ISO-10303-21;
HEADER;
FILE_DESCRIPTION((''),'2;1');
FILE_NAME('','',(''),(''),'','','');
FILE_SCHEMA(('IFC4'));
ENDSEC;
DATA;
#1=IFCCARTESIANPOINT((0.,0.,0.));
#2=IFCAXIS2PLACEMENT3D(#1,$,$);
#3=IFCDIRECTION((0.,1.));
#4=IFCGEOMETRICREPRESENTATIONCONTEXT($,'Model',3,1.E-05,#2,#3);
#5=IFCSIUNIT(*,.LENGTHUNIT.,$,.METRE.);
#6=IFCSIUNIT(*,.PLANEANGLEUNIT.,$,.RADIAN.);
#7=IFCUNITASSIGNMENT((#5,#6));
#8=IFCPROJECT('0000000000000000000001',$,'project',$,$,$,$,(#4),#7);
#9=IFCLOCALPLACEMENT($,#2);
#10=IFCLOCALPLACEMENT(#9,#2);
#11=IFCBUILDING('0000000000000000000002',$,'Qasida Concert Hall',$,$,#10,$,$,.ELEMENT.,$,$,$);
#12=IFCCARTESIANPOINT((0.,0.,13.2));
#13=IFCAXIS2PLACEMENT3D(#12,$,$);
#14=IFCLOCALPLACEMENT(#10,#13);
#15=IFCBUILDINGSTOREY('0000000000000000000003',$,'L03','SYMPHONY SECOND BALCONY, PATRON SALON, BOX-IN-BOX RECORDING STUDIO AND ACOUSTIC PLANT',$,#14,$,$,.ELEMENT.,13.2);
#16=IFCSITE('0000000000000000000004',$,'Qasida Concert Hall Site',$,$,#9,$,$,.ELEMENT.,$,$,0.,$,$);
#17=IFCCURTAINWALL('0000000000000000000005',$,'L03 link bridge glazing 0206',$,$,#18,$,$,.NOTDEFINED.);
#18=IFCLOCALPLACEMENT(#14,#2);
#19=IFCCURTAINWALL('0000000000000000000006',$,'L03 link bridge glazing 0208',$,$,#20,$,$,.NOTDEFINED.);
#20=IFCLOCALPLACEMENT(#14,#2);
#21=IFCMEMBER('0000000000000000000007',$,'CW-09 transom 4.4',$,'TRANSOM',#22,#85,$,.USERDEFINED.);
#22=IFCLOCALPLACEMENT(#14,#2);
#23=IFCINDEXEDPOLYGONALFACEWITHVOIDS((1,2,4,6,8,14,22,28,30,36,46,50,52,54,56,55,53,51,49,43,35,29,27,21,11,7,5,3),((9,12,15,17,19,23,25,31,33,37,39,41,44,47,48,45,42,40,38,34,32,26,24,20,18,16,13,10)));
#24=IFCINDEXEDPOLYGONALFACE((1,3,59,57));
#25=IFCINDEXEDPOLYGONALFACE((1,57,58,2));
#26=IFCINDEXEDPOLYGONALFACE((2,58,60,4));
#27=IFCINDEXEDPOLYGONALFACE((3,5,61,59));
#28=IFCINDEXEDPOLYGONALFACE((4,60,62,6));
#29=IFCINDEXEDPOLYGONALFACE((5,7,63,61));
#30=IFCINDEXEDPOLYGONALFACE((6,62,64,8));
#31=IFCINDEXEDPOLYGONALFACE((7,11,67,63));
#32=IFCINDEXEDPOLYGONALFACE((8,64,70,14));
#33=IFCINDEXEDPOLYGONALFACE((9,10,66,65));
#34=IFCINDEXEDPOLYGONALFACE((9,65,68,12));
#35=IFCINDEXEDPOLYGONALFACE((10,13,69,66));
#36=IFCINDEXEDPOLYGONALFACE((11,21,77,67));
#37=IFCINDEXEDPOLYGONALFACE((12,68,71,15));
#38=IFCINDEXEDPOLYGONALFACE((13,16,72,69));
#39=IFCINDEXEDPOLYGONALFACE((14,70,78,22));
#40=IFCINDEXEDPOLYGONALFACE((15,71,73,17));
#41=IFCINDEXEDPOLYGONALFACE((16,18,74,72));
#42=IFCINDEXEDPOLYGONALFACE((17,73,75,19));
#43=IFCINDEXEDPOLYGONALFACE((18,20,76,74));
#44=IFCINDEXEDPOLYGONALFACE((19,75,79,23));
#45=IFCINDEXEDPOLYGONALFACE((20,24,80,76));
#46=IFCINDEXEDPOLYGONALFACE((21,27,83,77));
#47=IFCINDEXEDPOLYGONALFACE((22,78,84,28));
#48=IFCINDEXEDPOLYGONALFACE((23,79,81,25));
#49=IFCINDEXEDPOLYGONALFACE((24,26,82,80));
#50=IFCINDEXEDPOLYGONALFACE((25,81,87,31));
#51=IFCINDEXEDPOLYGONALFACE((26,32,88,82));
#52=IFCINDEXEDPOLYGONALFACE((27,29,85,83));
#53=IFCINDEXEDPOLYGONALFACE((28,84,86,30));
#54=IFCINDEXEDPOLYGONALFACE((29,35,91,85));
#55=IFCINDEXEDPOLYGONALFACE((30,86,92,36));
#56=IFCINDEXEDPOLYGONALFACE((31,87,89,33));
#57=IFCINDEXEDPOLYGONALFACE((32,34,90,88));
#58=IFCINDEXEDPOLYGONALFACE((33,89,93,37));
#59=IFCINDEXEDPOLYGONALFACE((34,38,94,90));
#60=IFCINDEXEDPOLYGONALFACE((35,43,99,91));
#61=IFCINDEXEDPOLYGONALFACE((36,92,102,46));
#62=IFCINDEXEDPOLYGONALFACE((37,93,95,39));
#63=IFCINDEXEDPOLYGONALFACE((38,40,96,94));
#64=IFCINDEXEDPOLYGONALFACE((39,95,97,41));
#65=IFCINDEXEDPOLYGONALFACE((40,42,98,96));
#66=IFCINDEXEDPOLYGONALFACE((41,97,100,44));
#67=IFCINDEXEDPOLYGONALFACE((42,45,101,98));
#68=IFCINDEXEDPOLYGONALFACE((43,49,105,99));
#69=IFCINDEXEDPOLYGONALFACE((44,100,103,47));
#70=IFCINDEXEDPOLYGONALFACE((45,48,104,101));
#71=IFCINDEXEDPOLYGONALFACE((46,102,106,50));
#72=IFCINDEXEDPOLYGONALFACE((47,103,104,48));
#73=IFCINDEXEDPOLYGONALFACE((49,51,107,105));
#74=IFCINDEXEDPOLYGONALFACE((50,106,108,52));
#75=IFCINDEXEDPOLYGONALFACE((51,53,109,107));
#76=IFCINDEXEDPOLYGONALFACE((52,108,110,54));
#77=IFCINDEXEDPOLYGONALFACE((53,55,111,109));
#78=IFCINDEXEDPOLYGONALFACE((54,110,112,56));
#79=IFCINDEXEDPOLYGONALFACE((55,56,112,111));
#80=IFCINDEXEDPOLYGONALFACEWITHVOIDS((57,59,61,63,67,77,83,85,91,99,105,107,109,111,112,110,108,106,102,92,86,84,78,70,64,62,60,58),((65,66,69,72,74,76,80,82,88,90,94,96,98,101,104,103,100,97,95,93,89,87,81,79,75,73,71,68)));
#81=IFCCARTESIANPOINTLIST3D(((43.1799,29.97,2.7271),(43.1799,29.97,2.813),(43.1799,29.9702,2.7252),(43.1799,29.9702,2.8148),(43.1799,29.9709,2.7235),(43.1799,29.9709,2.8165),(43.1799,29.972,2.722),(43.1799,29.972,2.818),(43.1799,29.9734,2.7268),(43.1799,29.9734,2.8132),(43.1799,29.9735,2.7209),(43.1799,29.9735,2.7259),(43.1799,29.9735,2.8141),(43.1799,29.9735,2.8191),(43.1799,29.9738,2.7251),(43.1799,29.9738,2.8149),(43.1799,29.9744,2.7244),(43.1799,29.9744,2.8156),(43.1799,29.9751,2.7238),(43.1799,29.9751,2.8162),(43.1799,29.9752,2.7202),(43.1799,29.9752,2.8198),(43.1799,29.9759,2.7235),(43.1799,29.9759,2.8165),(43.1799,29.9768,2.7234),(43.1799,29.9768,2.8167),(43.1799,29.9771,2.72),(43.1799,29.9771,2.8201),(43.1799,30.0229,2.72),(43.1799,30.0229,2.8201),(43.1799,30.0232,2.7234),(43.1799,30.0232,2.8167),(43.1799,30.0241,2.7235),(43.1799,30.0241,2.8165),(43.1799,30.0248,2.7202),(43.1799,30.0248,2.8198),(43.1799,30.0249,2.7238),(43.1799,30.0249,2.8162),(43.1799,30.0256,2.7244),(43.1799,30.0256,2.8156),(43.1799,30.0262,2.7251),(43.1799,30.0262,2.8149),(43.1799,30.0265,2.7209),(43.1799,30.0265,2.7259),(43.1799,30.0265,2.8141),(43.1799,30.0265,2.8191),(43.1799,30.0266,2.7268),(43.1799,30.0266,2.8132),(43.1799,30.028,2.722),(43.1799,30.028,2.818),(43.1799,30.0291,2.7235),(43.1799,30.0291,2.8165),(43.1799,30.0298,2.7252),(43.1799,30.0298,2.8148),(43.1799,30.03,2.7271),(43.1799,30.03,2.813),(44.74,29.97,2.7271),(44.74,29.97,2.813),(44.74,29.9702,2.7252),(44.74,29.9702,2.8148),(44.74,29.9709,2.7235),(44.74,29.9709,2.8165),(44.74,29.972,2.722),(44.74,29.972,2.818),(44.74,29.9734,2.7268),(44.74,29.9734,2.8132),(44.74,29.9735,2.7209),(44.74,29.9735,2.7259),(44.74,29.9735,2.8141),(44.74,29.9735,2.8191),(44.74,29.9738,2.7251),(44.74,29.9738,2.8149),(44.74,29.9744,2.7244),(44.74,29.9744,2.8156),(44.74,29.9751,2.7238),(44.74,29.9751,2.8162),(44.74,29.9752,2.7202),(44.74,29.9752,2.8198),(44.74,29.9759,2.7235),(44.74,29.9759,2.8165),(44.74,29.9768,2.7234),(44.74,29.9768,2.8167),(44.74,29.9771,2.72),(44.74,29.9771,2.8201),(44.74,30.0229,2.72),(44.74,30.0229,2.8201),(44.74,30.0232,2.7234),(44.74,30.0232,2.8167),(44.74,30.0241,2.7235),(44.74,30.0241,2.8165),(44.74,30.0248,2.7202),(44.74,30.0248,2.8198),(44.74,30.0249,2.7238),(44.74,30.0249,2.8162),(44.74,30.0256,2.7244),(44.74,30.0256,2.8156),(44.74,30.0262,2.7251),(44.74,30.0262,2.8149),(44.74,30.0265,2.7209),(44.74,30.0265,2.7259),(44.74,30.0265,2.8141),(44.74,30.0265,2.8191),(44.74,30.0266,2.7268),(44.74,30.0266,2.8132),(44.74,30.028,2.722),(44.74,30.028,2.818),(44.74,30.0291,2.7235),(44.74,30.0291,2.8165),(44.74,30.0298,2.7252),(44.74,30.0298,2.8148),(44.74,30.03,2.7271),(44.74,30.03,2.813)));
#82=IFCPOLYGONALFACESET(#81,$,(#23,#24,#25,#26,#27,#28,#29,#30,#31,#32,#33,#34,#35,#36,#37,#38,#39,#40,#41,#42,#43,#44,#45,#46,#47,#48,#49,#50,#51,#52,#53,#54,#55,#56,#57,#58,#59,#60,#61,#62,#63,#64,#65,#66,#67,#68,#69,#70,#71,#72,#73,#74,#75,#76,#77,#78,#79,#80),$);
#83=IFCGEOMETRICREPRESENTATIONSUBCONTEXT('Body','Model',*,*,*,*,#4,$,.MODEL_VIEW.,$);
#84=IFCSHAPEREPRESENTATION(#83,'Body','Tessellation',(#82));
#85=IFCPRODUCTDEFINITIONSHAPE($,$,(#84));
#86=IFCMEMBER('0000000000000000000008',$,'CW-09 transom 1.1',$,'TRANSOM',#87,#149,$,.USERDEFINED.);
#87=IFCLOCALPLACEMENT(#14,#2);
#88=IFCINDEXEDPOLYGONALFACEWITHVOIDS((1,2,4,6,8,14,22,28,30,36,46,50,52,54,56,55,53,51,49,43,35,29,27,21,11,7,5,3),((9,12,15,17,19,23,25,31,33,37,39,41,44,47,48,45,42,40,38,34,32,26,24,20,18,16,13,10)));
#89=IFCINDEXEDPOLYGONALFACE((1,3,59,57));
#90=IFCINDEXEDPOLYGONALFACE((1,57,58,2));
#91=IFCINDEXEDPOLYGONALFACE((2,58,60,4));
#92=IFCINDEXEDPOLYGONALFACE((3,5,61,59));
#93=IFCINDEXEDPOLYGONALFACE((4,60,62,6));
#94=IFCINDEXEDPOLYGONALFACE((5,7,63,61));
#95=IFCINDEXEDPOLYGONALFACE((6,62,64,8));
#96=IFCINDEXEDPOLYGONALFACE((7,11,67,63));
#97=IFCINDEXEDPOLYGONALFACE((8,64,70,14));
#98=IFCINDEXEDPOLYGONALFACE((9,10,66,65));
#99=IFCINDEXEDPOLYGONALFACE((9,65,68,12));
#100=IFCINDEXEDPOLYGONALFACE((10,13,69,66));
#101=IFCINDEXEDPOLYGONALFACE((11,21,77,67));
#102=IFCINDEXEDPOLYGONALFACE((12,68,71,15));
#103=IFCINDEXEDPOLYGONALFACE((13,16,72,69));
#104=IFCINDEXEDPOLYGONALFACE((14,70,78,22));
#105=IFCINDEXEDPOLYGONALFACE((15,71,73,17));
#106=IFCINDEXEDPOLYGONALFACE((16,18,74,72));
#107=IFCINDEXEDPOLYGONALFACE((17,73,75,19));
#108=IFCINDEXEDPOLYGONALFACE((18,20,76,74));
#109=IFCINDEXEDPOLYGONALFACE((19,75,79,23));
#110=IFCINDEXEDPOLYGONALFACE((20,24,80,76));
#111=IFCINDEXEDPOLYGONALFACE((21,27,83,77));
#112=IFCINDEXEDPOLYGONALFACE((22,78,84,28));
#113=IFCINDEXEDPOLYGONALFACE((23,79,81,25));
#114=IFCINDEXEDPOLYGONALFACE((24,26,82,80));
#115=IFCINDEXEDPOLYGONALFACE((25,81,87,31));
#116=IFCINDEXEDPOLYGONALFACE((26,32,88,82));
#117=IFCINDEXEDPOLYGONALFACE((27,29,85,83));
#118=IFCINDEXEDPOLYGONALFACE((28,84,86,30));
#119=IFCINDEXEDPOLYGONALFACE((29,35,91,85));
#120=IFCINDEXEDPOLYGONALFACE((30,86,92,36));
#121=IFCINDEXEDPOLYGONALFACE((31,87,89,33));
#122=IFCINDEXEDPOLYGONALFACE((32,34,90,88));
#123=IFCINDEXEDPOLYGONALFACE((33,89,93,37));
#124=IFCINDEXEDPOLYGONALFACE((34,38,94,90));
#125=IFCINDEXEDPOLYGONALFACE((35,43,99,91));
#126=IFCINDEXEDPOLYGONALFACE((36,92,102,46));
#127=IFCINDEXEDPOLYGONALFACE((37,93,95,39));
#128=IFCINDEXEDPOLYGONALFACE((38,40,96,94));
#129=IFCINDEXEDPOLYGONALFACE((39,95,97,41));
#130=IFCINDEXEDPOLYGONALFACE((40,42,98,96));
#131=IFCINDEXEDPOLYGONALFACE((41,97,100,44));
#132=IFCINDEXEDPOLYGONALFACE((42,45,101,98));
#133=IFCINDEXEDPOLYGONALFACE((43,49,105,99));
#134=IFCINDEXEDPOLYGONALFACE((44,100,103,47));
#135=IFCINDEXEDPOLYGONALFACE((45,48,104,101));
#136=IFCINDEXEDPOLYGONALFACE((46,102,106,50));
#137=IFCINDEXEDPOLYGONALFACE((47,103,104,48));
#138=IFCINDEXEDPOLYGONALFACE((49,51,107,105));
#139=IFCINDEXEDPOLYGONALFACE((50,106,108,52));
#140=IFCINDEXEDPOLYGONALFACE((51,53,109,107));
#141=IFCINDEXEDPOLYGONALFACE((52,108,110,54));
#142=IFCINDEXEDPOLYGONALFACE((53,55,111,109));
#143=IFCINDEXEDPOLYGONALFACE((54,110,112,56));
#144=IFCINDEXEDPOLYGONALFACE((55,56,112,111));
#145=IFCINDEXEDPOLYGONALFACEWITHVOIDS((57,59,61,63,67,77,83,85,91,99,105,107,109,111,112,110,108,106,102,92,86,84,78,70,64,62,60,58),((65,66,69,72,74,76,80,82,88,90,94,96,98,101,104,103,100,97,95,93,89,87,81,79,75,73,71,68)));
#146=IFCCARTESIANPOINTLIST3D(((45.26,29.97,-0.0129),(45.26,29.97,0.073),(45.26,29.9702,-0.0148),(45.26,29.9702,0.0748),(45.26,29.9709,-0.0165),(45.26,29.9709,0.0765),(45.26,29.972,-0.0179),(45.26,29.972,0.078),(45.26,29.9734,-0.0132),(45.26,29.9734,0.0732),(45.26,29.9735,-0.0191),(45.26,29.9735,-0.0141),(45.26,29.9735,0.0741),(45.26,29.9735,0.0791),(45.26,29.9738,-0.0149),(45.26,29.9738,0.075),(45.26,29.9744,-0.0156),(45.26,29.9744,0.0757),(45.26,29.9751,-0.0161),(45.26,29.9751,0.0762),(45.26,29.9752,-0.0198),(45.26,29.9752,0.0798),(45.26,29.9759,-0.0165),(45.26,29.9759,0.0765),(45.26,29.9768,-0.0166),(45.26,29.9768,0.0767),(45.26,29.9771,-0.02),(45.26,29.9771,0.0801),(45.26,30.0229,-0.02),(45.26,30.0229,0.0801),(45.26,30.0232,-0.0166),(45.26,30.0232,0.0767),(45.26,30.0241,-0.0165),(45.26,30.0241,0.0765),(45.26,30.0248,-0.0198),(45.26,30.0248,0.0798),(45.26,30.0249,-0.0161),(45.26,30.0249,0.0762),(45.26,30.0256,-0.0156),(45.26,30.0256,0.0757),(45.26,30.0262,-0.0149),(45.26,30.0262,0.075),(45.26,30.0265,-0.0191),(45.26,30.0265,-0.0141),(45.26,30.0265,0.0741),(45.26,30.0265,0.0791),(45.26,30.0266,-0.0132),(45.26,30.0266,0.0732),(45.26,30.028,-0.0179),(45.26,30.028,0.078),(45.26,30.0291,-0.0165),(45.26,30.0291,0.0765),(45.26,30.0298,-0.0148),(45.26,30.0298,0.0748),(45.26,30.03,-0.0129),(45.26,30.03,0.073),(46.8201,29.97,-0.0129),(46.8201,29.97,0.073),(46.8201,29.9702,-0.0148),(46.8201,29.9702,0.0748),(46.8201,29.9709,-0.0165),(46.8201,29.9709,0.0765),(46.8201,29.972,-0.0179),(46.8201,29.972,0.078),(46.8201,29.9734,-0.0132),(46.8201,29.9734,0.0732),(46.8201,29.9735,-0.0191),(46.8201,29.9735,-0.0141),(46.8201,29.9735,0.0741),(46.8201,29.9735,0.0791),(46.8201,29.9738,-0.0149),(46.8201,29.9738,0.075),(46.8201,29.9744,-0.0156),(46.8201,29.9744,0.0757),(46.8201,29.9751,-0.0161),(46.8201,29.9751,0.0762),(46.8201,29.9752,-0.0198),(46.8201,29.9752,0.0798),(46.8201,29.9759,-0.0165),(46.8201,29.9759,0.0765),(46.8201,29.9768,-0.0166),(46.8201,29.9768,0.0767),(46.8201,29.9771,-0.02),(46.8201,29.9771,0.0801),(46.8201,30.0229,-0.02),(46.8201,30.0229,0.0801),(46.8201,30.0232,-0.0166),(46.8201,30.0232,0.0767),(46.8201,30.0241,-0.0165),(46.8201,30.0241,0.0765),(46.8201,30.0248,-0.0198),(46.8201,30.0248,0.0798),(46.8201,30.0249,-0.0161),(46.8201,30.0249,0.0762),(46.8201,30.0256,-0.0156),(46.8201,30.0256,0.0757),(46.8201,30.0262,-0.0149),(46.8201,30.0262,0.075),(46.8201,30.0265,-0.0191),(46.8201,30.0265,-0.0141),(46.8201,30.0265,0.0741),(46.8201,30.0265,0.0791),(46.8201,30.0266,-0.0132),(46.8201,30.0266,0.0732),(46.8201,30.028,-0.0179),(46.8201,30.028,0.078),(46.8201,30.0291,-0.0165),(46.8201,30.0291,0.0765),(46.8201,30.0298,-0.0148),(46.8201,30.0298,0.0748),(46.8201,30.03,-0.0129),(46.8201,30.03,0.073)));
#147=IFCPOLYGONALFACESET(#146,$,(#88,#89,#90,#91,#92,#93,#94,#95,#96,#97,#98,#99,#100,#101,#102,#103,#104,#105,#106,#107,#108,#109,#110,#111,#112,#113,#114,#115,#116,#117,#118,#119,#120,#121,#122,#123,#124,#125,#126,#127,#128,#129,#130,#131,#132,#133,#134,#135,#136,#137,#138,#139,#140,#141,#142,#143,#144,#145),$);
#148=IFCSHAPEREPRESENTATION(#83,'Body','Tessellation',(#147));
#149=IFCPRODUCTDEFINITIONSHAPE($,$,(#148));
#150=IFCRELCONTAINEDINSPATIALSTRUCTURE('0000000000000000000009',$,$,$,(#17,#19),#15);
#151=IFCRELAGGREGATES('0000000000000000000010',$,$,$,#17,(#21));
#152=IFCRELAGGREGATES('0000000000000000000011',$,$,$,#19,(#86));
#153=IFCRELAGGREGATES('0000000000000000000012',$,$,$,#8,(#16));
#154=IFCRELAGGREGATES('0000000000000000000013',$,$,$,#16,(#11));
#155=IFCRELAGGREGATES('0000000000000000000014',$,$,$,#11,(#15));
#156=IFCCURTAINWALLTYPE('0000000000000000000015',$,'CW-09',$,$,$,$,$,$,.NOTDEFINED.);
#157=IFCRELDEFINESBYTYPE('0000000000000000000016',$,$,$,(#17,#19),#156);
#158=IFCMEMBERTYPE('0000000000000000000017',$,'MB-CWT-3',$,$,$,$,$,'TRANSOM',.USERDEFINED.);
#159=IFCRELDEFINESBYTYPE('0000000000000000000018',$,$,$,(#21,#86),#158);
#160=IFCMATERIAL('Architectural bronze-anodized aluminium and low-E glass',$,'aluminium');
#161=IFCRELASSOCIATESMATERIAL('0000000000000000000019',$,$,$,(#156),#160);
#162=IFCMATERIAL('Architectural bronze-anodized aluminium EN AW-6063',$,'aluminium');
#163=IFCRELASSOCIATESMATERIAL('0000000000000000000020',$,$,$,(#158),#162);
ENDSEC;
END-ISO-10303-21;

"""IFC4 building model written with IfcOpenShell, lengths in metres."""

from ifc_helpers import new_model, si_unit, direction, frame, origin, origin_2d, place, context, subcontext, project, spatial, hollow_rectangle, extrude, material, material_profile, profile_set, type_object, element, aggregate, save


model = new_model("IFC4")

# Units and contexts
model_context = context("Model", 3, precision=1e-05, world=origin(), true_north=direction((0.0, 1.0)))
body_context = subcontext(model_context, "Body", "Model", "MODEL_VIEW")
ifc_project = project(units=[si_unit("LENGTHUNIT", "METRE"), si_unit("PLANEANGLEUNIT", "RADIAN")], contexts=[model_context])

# Site, building, storey
site_placement = place(None, origin())
site = spatial("IfcSite", under=ifc_project, at=site_placement, Name="Qasida Concert Hall Site", CompositionType="ELEMENT", RefElevation=0.0)
building_placement = place(site_placement, origin())
building = spatial("IfcBuilding", under=site, at=building_placement, Name="Qasida Concert Hall", CompositionType="ELEMENT")
storey_placement = place(building_placement, frame((0.0, 0.0, 13.2)))
storey = spatial("IfcBuildingStorey", under=building, at=storey_placement, Name="L03", Description="SYMPHONY SECOND BALCONY, PATRON SALON, BOX-IN-BOX RECORDING STUDIO AND ACOUSTIC PLANT", CompositionType="ELEMENT", Elevation=13.2)

# Curtain walls
ifc_material_1 = material(Name="Architectural bronze-anodized aluminium and low-E glass", Category="aluminium")
curtain_wall_type = type_object("IfcCurtainWallType", Name="CW-09", PredefinedType="NOTDEFINED", material=ifc_material_1)
curtain_wall_1_placement = place(storey_placement, origin())
curtain_wall_1 = element("IfcCurtainWall", 1, at=curtain_wall_1_placement, inside=storey, type_object=curtain_wall_type, Name="L03 link bridge glazing 0206", PredefinedType="NOTDEFINED")
ifc_material_2 = material(Name="Architectural bronze-anodized aluminium EN AW-6063", Category="aluminium")
curtain_wall_2_placement = place(storey_placement, origin())
curtain_wall_2 = element("IfcCurtainWall", 2, at=curtain_wall_2_placement, inside=storey, type_object=curtain_wall_type, Name="L03 link bridge glazing 0208", PredefinedType="NOTDEFINED")

# Members
ifc_material_profile_1 = material_profile(ifc_material_2, hollow_rectangle(XDim=0.0601, YDim=0.1001, WallThickness=0.0034, InnerFilletRadius=0.0034, OuterFilletRadius=0.0071, at=origin_2d()), Name="CWT 100x60x3.5")
ifc_profile_set_1 = profile_set([ifc_material_profile_1], Name="Architectural bronze-anodized aluminium EN AW-6063")
member_type_1 = type_object("IfcMemberType", Name="MB-CWT-3", ElementType="TRANSOM", PredefinedType="USERDEFINED", material=ifc_profile_set_1)
member_1_placement = place(storey_placement, frame((43.1799, 30.0, 2.77), z_axis=(1.0, 0.0, 0.0), x_axis=(0.0, 1.0, 0.0)))
member_1 = element("IfcMember", 3, at=member_1_placement, type_object=member_type_1, Name="CW-09 transom 4.4", ObjectType="TRANSOM", PredefinedType="USERDEFINED", context=body_context, shape_type="SweptSolid", body=[
    extrude(hollow_rectangle(XDim=0.0601, YDim=0.1001, WallThickness=0.0034, InnerFilletRadius=0.0034, OuterFilletRadius=0.0071, at=origin_2d()), origin(), (0.0, 0.0, 1.0), 1.5601),
])
member_2_placement = place(storey_placement, frame((45.26, 30.0, 0.03), z_axis=(1.0, 0.0, 0.0), x_axis=(0.0, 1.0, 0.0)))
member_2 = element("IfcMember", 4, at=member_2_placement, type_object=member_type_1, Name="CW-09 transom 1.1", ObjectType="TRANSOM", PredefinedType="USERDEFINED", context=body_context, shape_type="SweptSolid", body=[
    extrude(hollow_rectangle(XDim=0.0601, YDim=0.1001, WallThickness=0.0034, InnerFilletRadius=0.0034, OuterFilletRadius=0.0071, at=origin_2d()), origin(), (0.0, 0.0, 1.0), 1.5601),
])

aggregate(curtain_wall_1, [member_1])
aggregate(curtain_wall_2, [member_2])

save(model, "model.ifc")
